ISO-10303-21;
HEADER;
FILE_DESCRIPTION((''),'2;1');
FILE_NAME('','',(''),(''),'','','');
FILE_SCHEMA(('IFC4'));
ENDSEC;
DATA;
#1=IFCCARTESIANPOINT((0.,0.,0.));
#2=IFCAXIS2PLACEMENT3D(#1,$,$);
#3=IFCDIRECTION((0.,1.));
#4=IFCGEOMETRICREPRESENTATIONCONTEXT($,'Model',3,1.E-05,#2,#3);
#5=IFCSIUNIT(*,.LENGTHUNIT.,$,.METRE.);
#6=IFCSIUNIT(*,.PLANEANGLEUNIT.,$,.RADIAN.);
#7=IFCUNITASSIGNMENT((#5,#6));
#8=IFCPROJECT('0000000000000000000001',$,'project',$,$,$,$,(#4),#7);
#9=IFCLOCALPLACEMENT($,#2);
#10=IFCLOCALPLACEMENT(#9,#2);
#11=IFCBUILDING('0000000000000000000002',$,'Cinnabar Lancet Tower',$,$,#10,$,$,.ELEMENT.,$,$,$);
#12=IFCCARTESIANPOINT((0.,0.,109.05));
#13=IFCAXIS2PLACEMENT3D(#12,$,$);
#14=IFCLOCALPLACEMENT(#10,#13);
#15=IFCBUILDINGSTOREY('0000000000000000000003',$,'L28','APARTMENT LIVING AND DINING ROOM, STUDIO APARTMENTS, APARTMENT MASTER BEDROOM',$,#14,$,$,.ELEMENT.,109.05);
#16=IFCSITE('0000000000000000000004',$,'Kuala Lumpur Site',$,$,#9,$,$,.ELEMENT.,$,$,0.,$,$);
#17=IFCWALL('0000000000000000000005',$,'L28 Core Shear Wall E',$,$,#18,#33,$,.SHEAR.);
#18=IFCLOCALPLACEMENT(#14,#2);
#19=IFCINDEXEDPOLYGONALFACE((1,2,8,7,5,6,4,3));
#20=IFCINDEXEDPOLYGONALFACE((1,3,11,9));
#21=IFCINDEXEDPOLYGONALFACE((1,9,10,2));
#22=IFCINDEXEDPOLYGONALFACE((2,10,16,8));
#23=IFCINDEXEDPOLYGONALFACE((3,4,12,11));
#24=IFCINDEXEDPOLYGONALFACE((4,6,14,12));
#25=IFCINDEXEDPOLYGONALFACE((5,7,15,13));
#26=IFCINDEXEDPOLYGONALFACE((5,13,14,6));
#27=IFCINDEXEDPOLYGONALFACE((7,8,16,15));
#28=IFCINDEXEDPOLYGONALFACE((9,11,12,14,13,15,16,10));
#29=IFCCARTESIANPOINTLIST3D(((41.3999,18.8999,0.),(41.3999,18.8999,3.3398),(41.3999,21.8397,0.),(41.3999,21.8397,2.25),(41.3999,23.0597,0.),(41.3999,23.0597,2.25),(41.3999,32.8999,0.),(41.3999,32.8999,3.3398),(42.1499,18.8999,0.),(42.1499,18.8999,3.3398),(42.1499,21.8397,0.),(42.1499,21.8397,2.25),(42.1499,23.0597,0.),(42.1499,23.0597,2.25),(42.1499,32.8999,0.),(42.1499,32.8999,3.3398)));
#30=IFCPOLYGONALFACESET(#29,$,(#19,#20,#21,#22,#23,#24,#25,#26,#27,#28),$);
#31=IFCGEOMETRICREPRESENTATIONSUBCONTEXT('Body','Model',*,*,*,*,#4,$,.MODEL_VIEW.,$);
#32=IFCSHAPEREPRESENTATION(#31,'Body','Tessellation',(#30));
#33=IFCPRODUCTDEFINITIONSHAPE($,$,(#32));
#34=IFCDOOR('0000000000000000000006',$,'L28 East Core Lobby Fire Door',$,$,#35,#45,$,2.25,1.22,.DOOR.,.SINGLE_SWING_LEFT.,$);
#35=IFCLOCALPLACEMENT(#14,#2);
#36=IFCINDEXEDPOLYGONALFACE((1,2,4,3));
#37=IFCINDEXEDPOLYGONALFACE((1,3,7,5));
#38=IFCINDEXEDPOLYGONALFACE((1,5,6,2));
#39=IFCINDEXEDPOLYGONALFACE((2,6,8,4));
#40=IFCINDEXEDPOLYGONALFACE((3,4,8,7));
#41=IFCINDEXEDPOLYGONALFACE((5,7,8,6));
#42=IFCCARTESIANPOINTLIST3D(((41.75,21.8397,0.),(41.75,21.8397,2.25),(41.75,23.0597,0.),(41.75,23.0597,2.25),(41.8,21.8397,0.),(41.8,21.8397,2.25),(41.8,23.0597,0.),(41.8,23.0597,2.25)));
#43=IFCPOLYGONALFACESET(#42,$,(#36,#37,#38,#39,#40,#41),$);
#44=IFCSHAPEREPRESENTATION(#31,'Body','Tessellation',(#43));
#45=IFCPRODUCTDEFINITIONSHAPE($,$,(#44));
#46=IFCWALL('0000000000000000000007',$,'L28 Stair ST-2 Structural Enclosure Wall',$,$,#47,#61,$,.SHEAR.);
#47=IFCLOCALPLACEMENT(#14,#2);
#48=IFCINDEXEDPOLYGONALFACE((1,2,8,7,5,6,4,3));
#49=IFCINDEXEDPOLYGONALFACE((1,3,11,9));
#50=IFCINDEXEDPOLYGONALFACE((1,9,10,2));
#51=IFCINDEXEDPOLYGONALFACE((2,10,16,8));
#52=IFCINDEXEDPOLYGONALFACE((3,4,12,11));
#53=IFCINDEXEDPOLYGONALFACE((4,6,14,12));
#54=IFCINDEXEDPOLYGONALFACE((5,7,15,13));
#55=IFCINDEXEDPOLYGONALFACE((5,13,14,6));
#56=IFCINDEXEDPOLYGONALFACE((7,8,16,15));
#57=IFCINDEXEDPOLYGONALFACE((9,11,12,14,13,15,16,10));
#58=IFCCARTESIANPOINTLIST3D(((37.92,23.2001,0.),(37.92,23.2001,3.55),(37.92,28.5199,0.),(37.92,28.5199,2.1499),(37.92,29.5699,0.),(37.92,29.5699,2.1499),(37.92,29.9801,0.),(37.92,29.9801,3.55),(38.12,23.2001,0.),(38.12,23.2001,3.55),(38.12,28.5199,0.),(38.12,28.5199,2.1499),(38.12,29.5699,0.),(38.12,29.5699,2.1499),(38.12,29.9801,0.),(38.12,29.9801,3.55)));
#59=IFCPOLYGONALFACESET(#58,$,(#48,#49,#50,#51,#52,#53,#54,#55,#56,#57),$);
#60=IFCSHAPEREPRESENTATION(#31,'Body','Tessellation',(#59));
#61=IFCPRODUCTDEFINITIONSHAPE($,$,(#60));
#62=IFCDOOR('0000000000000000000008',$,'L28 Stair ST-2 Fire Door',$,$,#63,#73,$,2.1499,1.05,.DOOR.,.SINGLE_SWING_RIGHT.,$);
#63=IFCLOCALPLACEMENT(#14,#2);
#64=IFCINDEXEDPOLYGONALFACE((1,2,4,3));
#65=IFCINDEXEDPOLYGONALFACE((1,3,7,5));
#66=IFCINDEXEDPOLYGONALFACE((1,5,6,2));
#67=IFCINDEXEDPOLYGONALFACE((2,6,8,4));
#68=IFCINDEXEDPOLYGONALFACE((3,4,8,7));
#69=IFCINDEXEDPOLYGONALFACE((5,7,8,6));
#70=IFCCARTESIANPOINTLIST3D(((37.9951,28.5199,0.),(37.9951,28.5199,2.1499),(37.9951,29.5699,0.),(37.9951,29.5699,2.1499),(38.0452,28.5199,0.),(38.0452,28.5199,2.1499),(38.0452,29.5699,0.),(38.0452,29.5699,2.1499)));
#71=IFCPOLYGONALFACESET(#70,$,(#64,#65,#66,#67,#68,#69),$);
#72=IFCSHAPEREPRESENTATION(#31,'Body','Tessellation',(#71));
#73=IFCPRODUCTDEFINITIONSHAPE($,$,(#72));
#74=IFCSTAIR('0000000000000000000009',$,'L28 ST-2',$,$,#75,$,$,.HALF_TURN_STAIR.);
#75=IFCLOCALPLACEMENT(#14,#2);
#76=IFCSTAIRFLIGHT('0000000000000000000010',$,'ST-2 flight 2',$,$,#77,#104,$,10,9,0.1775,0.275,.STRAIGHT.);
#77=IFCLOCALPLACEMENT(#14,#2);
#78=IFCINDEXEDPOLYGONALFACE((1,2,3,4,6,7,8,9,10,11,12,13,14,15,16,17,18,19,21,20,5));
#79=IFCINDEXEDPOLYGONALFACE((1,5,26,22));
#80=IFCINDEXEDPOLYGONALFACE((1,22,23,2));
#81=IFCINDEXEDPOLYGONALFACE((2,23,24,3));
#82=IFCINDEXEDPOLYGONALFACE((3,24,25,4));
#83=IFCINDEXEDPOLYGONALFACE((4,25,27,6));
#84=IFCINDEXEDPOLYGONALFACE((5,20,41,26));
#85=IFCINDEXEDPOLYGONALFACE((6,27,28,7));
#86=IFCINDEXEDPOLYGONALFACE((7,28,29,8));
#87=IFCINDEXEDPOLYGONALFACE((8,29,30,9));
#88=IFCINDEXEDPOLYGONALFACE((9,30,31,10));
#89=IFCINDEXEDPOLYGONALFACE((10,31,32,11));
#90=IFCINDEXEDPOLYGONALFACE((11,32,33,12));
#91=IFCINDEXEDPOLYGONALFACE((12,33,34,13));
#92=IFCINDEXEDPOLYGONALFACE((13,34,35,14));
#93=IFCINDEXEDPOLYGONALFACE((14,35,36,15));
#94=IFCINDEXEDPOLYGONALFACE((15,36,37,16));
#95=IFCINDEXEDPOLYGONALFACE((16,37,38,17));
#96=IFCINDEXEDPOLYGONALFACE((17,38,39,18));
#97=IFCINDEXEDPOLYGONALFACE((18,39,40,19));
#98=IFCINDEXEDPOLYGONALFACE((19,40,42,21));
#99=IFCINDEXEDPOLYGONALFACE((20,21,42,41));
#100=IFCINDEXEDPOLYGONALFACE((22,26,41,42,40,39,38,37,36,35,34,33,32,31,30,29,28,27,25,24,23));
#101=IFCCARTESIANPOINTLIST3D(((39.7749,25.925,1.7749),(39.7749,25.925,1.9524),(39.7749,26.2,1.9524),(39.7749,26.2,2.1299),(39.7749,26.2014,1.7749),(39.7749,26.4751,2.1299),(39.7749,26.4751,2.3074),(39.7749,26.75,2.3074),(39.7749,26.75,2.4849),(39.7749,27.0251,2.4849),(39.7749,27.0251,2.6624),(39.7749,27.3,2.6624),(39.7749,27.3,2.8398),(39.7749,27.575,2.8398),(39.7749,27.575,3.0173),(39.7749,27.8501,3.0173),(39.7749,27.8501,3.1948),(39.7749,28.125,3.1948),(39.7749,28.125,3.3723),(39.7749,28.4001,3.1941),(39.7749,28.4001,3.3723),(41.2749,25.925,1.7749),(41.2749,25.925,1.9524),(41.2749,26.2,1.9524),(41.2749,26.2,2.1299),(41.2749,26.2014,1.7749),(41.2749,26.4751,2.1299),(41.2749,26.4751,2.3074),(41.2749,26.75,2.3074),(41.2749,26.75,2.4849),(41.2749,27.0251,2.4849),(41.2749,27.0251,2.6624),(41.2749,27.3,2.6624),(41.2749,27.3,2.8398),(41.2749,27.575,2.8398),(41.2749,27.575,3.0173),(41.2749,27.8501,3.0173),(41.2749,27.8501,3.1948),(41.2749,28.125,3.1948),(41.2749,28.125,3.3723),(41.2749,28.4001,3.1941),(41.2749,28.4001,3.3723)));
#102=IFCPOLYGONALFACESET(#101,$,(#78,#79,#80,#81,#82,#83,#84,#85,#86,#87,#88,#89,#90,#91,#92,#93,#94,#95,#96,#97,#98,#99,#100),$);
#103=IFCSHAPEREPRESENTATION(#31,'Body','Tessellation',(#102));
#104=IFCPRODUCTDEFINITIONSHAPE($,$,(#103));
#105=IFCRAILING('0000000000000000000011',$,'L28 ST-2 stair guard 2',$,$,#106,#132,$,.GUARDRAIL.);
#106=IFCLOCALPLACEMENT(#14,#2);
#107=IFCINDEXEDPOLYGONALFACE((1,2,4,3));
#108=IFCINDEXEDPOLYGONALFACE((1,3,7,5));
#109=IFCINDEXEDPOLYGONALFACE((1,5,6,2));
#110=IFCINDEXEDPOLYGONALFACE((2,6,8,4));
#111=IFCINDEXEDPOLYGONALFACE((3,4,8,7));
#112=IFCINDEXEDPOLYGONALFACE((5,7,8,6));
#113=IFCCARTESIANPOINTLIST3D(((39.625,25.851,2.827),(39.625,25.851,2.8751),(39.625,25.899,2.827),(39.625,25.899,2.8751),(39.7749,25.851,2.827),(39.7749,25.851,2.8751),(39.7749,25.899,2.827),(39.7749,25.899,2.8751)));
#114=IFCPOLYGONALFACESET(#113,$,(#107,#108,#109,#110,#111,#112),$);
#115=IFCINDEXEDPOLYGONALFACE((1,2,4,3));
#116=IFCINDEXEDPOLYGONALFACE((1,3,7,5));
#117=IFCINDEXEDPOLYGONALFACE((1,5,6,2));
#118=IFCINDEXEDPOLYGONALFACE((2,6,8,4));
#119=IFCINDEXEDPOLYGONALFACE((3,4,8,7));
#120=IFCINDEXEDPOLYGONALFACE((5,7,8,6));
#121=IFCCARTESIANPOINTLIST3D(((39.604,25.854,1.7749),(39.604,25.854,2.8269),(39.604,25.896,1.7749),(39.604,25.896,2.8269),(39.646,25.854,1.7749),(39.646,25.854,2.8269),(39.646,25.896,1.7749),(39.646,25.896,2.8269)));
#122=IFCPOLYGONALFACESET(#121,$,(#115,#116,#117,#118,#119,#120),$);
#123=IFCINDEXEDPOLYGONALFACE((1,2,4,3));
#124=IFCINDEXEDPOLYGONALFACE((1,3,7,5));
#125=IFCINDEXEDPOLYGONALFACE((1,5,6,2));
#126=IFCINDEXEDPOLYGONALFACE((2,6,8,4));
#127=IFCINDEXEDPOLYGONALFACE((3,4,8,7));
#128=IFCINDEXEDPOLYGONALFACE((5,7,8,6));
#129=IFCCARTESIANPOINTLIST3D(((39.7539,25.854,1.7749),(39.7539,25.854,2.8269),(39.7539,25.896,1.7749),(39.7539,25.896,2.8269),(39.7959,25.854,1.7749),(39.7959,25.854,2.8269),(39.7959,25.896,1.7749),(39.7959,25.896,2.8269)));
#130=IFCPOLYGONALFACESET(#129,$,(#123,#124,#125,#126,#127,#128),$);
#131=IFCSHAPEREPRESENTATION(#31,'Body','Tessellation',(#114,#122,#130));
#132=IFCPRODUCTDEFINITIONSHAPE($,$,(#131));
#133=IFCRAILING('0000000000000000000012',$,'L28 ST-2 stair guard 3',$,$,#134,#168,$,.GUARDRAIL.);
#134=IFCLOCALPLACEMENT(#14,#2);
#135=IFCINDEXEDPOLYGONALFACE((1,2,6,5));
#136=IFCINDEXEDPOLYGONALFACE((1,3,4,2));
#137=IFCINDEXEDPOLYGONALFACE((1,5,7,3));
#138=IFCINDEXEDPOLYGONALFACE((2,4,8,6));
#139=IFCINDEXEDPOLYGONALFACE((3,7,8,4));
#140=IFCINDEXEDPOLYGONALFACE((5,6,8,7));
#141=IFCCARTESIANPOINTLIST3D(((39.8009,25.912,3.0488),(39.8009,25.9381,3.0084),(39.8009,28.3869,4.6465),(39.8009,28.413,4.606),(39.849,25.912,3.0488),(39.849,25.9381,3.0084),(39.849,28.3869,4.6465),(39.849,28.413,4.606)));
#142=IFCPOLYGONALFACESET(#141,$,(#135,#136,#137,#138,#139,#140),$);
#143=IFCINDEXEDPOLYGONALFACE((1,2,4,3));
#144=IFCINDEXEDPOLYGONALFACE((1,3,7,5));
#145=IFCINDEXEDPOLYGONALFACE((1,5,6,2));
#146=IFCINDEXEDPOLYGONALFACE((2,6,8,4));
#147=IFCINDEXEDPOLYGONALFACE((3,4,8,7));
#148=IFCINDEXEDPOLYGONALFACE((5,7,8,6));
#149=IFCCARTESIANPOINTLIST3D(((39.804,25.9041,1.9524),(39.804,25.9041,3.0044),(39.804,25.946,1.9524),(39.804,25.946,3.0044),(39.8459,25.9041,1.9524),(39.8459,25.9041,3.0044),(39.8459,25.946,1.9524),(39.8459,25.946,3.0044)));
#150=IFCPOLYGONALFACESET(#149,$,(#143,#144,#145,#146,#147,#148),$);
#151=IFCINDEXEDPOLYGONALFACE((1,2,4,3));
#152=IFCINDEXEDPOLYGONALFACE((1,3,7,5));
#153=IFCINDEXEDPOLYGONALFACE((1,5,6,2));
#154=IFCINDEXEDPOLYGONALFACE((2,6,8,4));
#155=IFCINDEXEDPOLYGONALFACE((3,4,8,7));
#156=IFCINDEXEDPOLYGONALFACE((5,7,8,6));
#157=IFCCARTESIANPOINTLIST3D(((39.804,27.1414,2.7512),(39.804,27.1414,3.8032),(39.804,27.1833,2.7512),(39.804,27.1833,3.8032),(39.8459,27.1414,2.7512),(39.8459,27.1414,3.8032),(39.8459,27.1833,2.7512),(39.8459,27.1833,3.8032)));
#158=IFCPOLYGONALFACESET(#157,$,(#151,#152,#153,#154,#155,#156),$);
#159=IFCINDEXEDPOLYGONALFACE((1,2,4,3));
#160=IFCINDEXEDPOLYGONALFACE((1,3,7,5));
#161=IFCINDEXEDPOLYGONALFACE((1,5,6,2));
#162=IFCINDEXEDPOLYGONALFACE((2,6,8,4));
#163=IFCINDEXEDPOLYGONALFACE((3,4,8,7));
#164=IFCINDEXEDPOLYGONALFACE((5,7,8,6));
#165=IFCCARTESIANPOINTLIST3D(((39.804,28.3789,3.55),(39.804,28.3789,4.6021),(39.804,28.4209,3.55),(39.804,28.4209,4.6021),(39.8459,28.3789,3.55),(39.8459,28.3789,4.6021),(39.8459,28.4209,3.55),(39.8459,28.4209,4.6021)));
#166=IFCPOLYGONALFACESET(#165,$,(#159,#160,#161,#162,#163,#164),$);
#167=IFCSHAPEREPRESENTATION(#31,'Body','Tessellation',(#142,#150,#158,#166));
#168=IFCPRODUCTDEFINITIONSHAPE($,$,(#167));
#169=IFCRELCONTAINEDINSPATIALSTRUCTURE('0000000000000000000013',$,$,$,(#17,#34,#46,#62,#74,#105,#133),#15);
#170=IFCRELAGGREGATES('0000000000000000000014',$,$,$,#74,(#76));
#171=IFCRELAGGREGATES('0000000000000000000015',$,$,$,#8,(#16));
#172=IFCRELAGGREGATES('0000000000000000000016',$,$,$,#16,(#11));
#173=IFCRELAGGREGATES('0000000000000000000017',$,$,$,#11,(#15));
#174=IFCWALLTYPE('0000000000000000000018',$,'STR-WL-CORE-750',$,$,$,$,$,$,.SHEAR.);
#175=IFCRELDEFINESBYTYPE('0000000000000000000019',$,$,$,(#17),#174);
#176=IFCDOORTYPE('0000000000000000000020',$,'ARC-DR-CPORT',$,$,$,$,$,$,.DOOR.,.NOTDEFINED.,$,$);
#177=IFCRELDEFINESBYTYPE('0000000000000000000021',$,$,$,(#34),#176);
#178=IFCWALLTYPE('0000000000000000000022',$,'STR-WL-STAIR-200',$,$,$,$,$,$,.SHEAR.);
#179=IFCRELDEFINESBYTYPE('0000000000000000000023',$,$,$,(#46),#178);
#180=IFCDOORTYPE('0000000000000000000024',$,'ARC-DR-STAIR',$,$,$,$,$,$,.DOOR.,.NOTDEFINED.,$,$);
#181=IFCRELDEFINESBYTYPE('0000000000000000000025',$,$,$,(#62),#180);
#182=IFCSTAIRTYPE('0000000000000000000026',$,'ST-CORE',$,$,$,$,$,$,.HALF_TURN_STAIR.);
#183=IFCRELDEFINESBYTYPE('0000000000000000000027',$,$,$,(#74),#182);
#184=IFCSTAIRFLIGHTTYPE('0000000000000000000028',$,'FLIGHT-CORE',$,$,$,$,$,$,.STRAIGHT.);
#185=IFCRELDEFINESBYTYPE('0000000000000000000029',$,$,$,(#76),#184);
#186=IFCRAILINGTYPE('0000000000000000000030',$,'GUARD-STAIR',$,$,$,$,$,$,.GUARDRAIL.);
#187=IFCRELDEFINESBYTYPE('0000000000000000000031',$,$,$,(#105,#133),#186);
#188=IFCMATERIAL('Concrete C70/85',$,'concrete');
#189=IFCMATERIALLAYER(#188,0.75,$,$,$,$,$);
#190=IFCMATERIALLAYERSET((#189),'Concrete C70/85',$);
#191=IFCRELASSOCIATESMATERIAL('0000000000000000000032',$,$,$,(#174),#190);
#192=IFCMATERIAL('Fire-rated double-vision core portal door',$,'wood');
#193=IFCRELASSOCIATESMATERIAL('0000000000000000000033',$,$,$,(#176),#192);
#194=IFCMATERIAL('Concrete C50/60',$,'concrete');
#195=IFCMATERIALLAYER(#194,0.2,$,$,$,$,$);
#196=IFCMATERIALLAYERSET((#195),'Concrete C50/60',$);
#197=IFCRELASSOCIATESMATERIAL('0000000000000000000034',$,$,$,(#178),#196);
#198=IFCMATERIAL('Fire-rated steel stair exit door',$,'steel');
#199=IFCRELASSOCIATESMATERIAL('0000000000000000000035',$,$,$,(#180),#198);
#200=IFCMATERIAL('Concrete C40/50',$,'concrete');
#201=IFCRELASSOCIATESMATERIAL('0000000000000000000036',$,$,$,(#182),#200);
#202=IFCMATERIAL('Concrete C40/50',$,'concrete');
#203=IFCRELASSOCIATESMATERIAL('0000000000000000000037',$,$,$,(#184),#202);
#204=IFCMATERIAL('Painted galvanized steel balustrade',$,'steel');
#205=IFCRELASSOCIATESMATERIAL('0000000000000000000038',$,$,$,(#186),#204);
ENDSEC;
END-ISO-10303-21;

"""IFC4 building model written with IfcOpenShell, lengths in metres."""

from ifc_helpers import new_model, si_unit, direction, frame, frame_2d, origin, origin_2d, place, context, subcontext, project, spatial, polyline, rectangle, outline, extrude, material, layer, layer_set, type_object, element, fill, aggregate, save


model = new_model("IFC4")

# Units and contexts
model_context = context("Model", 3, precision=1e-05, world=origin(), true_north=direction((0.0, 1.0)))
body_context = subcontext(model_context, "Body", "Model", "MODEL_VIEW")
ifc_project = project(units=[si_unit("LENGTHUNIT", "METRE"), si_unit("PLANEANGLEUNIT", "RADIAN")], contexts=[model_context])

# Site, building, storey
site_placement = place(None, origin())
site = spatial("IfcSite", under=ifc_project, at=site_placement, Name="Kuala Lumpur Site", CompositionType="ELEMENT", RefElevation=0.0)
building_placement = place(site_placement, origin())
building = spatial("IfcBuilding", under=site, at=building_placement, Name="Cinnabar Lancet Tower", CompositionType="ELEMENT")
storey_placement = place(building_placement, frame((0.0, 0.0, 109.05)))
storey = spatial("IfcBuildingStorey", under=building, at=storey_placement, Name="L28", Description="APARTMENT LIVING AND DINING ROOM, STUDIO APARTMENTS, APARTMENT MASTER BEDROOM", CompositionType="ELEMENT", Elevation=109.05)

# Walls, openings, doors
ifc_material_1 = material(Name="Concrete C70/85", Category="concrete")
ifc_layer_1 = layer(ifc_material_1, 0.75)
ifc_layer_set_1 = layer_set([ifc_layer_1], Name="Concrete C70/85")
wall_type_1 = type_object("IfcWallType", Name="STR-WL-CORE-750", PredefinedType="SHEAR", material=ifc_layer_set_1)
wall_1_placement = place(storey_placement, frame((41.7749, 18.8999, 0.0), z_axis=(0.0, 0.0, 1.0), x_axis=(0.0, 1.0, 0.0)))
wall_1 = element("IfcWall", 1, at=wall_1_placement, inside=storey, type_object=wall_type_1, Name="L28 Core Shear Wall E", PredefinedType="SHEAR", context=body_context, shape_type="SweptSolid", body=[
    extrude(rectangle(XDim=14.0, YDim=0.75, at=frame_2d((7.0, 0.0))), origin(), (0.0, 0.0, 1.0), 3.3398),
])
opening_1_placement = place(wall_1_placement, frame((2.9399, 0.0, 0.0)))
opening_1 = element("IfcOpeningElement", 2, at=opening_1_placement, cuts=wall_1, PredefinedType="OPENING", context=body_context, shape_type="SweptSolid", body=[
    extrude(rectangle(XDim=1.22, YDim=2.25, at=frame_2d((0.6099, 1.125))), frame((0.0, 0.385, 0.0), z_axis=(0.0, -1.0, 0.0), x_axis=(1.0, 0.0, 0.0)), (0.0, 0.0, 1.0), 0.77),
])
ifc_material_2 = material(Name="Fire-rated double-vision core portal door", Category="wood")
door_type_1 = type_object("IfcDoorType", Name="ARC-DR-CPORT", OperationType="NOTDEFINED", PredefinedType="DOOR", material=ifc_material_2)
door_1_placement = place(opening_1_placement, origin())
door_1 = element("IfcDoor", 3, at=door_1_placement, inside=storey, type_object=door_type_1, Name="L28 East Core Lobby Fire Door", OperationType="SINGLE_SWING_LEFT", OverallHeight=2.25, OverallWidth=1.22, PredefinedType="DOOR", context=body_context, shape_type="SweptSolid", body=[
    extrude(rectangle(XDim=1.22, YDim=2.25, at=frame_2d((0.6099, 1.125))), frame((0.0, 0.0249, 0.0), z_axis=(0.0, -1.0, 0.0), x_axis=(1.0, 0.0, 0.0)), (0.0, 0.0, 1.0), 0.05),
])
fill(opening_1, door_1)
ifc_material_3 = material(Name="Concrete C50/60", Category="concrete")
ifc_layer_2 = layer(ifc_material_3, 0.2)
ifc_layer_set_2 = layer_set([ifc_layer_2], Name="Concrete C50/60")
wall_type_2 = type_object("IfcWallType", Name="STR-WL-STAIR-200", PredefinedType="SHEAR", material=ifc_layer_set_2)
wall_2_placement = place(storey_placement, frame((38.02, 23.2, 0.0), z_axis=(0.0, 0.0, 1.0), x_axis=(0.0, 1.0, 0.0)))
wall_2 = element("IfcWall", 4, at=wall_2_placement, inside=storey, type_object=wall_type_2, Name="L28 Stair ST-2 Structural Enclosure Wall", PredefinedType="SHEAR", context=body_context, shape_type="SweptSolid", body=[
    extrude(rectangle(XDim=6.78, YDim=0.2, at=frame_2d((3.3901, 0.0))), origin(), (0.0, 0.0, 1.0), 3.55),
])
opening_2_placement = place(wall_2_placement, frame((5.3201, 0.0, 0.0)))
opening_2 = element("IfcOpeningElement", 5, at=opening_2_placement, cuts=wall_2, PredefinedType="OPENING", context=body_context, shape_type="SweptSolid", body=[
    extrude(rectangle(XDim=1.05, YDim=2.1499, at=frame_2d((0.5249, 1.075))), frame((0.0, 0.1099, 0.0), z_axis=(0.0, -1.0, 0.0), x_axis=(1.0, 0.0, 0.0)), (0.0, 0.0, 1.0), 0.22),
])
ifc_material_4 = material(Name="Fire-rated steel stair exit door", Category="steel")
door_type_2 = type_object("IfcDoorType", Name="ARC-DR-STAIR", OperationType="NOTDEFINED", PredefinedType="DOOR", material=ifc_material_4)
door_2_placement = place(opening_2_placement, origin())
door_2 = element("IfcDoor", 6, at=door_2_placement, inside=storey, type_object=door_type_2, Name="L28 Stair ST-2 Fire Door", OperationType="SINGLE_SWING_RIGHT", OverallHeight=2.1499, OverallWidth=1.05, PredefinedType="DOOR", context=body_context, shape_type="SweptSolid", body=[
    extrude(rectangle(XDim=1.05, YDim=2.1499, at=frame_2d((0.5249, 1.075))), frame((0.0, 0.0249, 0.0), z_axis=(0.0, -1.0, 0.0), x_axis=(1.0, 0.0, 0.0)), (0.0, 0.0, 1.0), 0.05),
])
fill(opening_2, door_2)

# Stair, stair flight
ifc_material_5 = material(Name="Concrete C40/50", Category="concrete")
stair_type = type_object("IfcStairType", Name="ST-CORE", PredefinedType="HALF_TURN_STAIR", material=ifc_material_5)
stair_placement = place(storey_placement, origin())
stair = element("IfcStair", 7, at=stair_placement, inside=storey, type_object=stair_type, Name="L28 ST-2", PredefinedType="HALF_TURN_STAIR")
ifc_material_6 = material(Name="Concrete C40/50", Category="concrete")
stair_flight_type = type_object("IfcStairFlightType", Name="FLIGHT-CORE", PredefinedType="STRAIGHT", material=ifc_material_6)
stair_flight_placement = place(storey_placement, frame((40.5249, 25.925, 1.7749), z_axis=(0.0, 0.0, 1.0), x_axis=(0.0, 1.0, 0.0)))
stair_flight = element("IfcStairFlight", 8, at=stair_flight_placement, type_object=stair_flight_type, Name="ST-2 flight 2", NumberOfRisers=10, NumberOfTreads=9, PredefinedType="STRAIGHT", RiserHeight=0.1775, TreadLength=0.275, context=body_context, shape_type="SweptSolid", body=[
    extrude(outline(polyline([(0.0, 0.0), (0.0, 0.1775), (0.2749, 0.1775), (0.2749, 0.355), (0.55, 0.355), (0.55, 0.5325), (0.825, 0.5325), (0.825, 0.71), (1.1001, 0.71), (1.1001, 0.8875), (1.375, 0.8875), (1.375, 1.0649), (1.6499, 1.0649), (1.6499, 1.2424), (1.925, 1.2424), (1.925, 1.4199), (2.2, 1.4199), (2.2, 1.5974), (2.4751, 1.5974), (2.4751, 1.7749), (2.4751, 1.4192), (0.2764, 0.0), (0.0, 0.0)])), frame((0.0, 0.75, 0.0), z_axis=(0.0, -1.0, 0.0), x_axis=(1.0, 0.0, 0.0)), (0.0, 0.0, 1.0), 1.5),
])
aggregate(stair, [stair_flight])

# Railings
ifc_material_7 = material(Name="Painted galvanized steel balustrade", Category="steel")
railing_type_1 = type_object("IfcRailingType", Name="GUARD-STAIR", PredefinedType="GUARDRAIL", material=ifc_material_7)
railing_1_placement = place(storey_placement, frame((39.625, 25.875, 1.7749)))
element("IfcRailing", 9, at=railing_1_placement, inside=storey, type_object=railing_type_1, Name="L28 ST-2 stair guard 2", PredefinedType="GUARDRAIL", context=body_context, shape_type="SweptSolid", body=[
    extrude(rectangle(XDim=0.0481, YDim=0.0481, at=origin_2d()), frame((0.0, 0.0, 1.0762), z_axis=(1.0, 0.0, 0.0), x_axis=(0.0, 1.0, 0.0)), (0.0, 0.0, 1.0), 0.1499),
    extrude(rectangle(XDim=0.042, YDim=0.042, at=origin_2d()), origin(), (0.0, 0.0, 1.0), 1.052),
    extrude(rectangle(XDim=0.042, YDim=0.042, at=origin_2d()), frame((0.1499, 0.0, 0.0)), (0.0, 0.0, 1.0), 1.052),
])
railing_2_placement = place(storey_placement, frame((39.825, 25.925, 1.9524)))
element("IfcRailing", 10, at=railing_2_placement, inside=storey, type_object=railing_type_1, Name="L28 ST-2 stair guard 3", PredefinedType="GUARDRAIL", context=body_context, shape_type="SweptSolid", body=[
    extrude(rectangle(XDim=0.0481, YDim=0.0481, at=origin_2d()), frame((0.0, 0.0, 1.0762), z_axis=(0.0, 0.840146, 0.542361), x_axis=(-1.0, 0.0, 0.0)), (0.0, 0.0, 1.0), 2.9458),
    extrude(rectangle(XDim=0.042, YDim=0.042, at=origin_2d()), origin(), (0.0, 0.0, 1.0), 1.052),
    extrude(rectangle(XDim=0.042, YDim=0.042, at=origin_2d()), frame((0.0, 1.2373, 0.7988)), (0.0, 0.0, 1.0), 1.052),
    extrude(rectangle(XDim=0.042, YDim=0.042, at=origin_2d()), frame((0.0, 2.4749, 1.5977)), (0.0, 0.0, 1.0), 1.052),
])

save(model, "model.ifc")
